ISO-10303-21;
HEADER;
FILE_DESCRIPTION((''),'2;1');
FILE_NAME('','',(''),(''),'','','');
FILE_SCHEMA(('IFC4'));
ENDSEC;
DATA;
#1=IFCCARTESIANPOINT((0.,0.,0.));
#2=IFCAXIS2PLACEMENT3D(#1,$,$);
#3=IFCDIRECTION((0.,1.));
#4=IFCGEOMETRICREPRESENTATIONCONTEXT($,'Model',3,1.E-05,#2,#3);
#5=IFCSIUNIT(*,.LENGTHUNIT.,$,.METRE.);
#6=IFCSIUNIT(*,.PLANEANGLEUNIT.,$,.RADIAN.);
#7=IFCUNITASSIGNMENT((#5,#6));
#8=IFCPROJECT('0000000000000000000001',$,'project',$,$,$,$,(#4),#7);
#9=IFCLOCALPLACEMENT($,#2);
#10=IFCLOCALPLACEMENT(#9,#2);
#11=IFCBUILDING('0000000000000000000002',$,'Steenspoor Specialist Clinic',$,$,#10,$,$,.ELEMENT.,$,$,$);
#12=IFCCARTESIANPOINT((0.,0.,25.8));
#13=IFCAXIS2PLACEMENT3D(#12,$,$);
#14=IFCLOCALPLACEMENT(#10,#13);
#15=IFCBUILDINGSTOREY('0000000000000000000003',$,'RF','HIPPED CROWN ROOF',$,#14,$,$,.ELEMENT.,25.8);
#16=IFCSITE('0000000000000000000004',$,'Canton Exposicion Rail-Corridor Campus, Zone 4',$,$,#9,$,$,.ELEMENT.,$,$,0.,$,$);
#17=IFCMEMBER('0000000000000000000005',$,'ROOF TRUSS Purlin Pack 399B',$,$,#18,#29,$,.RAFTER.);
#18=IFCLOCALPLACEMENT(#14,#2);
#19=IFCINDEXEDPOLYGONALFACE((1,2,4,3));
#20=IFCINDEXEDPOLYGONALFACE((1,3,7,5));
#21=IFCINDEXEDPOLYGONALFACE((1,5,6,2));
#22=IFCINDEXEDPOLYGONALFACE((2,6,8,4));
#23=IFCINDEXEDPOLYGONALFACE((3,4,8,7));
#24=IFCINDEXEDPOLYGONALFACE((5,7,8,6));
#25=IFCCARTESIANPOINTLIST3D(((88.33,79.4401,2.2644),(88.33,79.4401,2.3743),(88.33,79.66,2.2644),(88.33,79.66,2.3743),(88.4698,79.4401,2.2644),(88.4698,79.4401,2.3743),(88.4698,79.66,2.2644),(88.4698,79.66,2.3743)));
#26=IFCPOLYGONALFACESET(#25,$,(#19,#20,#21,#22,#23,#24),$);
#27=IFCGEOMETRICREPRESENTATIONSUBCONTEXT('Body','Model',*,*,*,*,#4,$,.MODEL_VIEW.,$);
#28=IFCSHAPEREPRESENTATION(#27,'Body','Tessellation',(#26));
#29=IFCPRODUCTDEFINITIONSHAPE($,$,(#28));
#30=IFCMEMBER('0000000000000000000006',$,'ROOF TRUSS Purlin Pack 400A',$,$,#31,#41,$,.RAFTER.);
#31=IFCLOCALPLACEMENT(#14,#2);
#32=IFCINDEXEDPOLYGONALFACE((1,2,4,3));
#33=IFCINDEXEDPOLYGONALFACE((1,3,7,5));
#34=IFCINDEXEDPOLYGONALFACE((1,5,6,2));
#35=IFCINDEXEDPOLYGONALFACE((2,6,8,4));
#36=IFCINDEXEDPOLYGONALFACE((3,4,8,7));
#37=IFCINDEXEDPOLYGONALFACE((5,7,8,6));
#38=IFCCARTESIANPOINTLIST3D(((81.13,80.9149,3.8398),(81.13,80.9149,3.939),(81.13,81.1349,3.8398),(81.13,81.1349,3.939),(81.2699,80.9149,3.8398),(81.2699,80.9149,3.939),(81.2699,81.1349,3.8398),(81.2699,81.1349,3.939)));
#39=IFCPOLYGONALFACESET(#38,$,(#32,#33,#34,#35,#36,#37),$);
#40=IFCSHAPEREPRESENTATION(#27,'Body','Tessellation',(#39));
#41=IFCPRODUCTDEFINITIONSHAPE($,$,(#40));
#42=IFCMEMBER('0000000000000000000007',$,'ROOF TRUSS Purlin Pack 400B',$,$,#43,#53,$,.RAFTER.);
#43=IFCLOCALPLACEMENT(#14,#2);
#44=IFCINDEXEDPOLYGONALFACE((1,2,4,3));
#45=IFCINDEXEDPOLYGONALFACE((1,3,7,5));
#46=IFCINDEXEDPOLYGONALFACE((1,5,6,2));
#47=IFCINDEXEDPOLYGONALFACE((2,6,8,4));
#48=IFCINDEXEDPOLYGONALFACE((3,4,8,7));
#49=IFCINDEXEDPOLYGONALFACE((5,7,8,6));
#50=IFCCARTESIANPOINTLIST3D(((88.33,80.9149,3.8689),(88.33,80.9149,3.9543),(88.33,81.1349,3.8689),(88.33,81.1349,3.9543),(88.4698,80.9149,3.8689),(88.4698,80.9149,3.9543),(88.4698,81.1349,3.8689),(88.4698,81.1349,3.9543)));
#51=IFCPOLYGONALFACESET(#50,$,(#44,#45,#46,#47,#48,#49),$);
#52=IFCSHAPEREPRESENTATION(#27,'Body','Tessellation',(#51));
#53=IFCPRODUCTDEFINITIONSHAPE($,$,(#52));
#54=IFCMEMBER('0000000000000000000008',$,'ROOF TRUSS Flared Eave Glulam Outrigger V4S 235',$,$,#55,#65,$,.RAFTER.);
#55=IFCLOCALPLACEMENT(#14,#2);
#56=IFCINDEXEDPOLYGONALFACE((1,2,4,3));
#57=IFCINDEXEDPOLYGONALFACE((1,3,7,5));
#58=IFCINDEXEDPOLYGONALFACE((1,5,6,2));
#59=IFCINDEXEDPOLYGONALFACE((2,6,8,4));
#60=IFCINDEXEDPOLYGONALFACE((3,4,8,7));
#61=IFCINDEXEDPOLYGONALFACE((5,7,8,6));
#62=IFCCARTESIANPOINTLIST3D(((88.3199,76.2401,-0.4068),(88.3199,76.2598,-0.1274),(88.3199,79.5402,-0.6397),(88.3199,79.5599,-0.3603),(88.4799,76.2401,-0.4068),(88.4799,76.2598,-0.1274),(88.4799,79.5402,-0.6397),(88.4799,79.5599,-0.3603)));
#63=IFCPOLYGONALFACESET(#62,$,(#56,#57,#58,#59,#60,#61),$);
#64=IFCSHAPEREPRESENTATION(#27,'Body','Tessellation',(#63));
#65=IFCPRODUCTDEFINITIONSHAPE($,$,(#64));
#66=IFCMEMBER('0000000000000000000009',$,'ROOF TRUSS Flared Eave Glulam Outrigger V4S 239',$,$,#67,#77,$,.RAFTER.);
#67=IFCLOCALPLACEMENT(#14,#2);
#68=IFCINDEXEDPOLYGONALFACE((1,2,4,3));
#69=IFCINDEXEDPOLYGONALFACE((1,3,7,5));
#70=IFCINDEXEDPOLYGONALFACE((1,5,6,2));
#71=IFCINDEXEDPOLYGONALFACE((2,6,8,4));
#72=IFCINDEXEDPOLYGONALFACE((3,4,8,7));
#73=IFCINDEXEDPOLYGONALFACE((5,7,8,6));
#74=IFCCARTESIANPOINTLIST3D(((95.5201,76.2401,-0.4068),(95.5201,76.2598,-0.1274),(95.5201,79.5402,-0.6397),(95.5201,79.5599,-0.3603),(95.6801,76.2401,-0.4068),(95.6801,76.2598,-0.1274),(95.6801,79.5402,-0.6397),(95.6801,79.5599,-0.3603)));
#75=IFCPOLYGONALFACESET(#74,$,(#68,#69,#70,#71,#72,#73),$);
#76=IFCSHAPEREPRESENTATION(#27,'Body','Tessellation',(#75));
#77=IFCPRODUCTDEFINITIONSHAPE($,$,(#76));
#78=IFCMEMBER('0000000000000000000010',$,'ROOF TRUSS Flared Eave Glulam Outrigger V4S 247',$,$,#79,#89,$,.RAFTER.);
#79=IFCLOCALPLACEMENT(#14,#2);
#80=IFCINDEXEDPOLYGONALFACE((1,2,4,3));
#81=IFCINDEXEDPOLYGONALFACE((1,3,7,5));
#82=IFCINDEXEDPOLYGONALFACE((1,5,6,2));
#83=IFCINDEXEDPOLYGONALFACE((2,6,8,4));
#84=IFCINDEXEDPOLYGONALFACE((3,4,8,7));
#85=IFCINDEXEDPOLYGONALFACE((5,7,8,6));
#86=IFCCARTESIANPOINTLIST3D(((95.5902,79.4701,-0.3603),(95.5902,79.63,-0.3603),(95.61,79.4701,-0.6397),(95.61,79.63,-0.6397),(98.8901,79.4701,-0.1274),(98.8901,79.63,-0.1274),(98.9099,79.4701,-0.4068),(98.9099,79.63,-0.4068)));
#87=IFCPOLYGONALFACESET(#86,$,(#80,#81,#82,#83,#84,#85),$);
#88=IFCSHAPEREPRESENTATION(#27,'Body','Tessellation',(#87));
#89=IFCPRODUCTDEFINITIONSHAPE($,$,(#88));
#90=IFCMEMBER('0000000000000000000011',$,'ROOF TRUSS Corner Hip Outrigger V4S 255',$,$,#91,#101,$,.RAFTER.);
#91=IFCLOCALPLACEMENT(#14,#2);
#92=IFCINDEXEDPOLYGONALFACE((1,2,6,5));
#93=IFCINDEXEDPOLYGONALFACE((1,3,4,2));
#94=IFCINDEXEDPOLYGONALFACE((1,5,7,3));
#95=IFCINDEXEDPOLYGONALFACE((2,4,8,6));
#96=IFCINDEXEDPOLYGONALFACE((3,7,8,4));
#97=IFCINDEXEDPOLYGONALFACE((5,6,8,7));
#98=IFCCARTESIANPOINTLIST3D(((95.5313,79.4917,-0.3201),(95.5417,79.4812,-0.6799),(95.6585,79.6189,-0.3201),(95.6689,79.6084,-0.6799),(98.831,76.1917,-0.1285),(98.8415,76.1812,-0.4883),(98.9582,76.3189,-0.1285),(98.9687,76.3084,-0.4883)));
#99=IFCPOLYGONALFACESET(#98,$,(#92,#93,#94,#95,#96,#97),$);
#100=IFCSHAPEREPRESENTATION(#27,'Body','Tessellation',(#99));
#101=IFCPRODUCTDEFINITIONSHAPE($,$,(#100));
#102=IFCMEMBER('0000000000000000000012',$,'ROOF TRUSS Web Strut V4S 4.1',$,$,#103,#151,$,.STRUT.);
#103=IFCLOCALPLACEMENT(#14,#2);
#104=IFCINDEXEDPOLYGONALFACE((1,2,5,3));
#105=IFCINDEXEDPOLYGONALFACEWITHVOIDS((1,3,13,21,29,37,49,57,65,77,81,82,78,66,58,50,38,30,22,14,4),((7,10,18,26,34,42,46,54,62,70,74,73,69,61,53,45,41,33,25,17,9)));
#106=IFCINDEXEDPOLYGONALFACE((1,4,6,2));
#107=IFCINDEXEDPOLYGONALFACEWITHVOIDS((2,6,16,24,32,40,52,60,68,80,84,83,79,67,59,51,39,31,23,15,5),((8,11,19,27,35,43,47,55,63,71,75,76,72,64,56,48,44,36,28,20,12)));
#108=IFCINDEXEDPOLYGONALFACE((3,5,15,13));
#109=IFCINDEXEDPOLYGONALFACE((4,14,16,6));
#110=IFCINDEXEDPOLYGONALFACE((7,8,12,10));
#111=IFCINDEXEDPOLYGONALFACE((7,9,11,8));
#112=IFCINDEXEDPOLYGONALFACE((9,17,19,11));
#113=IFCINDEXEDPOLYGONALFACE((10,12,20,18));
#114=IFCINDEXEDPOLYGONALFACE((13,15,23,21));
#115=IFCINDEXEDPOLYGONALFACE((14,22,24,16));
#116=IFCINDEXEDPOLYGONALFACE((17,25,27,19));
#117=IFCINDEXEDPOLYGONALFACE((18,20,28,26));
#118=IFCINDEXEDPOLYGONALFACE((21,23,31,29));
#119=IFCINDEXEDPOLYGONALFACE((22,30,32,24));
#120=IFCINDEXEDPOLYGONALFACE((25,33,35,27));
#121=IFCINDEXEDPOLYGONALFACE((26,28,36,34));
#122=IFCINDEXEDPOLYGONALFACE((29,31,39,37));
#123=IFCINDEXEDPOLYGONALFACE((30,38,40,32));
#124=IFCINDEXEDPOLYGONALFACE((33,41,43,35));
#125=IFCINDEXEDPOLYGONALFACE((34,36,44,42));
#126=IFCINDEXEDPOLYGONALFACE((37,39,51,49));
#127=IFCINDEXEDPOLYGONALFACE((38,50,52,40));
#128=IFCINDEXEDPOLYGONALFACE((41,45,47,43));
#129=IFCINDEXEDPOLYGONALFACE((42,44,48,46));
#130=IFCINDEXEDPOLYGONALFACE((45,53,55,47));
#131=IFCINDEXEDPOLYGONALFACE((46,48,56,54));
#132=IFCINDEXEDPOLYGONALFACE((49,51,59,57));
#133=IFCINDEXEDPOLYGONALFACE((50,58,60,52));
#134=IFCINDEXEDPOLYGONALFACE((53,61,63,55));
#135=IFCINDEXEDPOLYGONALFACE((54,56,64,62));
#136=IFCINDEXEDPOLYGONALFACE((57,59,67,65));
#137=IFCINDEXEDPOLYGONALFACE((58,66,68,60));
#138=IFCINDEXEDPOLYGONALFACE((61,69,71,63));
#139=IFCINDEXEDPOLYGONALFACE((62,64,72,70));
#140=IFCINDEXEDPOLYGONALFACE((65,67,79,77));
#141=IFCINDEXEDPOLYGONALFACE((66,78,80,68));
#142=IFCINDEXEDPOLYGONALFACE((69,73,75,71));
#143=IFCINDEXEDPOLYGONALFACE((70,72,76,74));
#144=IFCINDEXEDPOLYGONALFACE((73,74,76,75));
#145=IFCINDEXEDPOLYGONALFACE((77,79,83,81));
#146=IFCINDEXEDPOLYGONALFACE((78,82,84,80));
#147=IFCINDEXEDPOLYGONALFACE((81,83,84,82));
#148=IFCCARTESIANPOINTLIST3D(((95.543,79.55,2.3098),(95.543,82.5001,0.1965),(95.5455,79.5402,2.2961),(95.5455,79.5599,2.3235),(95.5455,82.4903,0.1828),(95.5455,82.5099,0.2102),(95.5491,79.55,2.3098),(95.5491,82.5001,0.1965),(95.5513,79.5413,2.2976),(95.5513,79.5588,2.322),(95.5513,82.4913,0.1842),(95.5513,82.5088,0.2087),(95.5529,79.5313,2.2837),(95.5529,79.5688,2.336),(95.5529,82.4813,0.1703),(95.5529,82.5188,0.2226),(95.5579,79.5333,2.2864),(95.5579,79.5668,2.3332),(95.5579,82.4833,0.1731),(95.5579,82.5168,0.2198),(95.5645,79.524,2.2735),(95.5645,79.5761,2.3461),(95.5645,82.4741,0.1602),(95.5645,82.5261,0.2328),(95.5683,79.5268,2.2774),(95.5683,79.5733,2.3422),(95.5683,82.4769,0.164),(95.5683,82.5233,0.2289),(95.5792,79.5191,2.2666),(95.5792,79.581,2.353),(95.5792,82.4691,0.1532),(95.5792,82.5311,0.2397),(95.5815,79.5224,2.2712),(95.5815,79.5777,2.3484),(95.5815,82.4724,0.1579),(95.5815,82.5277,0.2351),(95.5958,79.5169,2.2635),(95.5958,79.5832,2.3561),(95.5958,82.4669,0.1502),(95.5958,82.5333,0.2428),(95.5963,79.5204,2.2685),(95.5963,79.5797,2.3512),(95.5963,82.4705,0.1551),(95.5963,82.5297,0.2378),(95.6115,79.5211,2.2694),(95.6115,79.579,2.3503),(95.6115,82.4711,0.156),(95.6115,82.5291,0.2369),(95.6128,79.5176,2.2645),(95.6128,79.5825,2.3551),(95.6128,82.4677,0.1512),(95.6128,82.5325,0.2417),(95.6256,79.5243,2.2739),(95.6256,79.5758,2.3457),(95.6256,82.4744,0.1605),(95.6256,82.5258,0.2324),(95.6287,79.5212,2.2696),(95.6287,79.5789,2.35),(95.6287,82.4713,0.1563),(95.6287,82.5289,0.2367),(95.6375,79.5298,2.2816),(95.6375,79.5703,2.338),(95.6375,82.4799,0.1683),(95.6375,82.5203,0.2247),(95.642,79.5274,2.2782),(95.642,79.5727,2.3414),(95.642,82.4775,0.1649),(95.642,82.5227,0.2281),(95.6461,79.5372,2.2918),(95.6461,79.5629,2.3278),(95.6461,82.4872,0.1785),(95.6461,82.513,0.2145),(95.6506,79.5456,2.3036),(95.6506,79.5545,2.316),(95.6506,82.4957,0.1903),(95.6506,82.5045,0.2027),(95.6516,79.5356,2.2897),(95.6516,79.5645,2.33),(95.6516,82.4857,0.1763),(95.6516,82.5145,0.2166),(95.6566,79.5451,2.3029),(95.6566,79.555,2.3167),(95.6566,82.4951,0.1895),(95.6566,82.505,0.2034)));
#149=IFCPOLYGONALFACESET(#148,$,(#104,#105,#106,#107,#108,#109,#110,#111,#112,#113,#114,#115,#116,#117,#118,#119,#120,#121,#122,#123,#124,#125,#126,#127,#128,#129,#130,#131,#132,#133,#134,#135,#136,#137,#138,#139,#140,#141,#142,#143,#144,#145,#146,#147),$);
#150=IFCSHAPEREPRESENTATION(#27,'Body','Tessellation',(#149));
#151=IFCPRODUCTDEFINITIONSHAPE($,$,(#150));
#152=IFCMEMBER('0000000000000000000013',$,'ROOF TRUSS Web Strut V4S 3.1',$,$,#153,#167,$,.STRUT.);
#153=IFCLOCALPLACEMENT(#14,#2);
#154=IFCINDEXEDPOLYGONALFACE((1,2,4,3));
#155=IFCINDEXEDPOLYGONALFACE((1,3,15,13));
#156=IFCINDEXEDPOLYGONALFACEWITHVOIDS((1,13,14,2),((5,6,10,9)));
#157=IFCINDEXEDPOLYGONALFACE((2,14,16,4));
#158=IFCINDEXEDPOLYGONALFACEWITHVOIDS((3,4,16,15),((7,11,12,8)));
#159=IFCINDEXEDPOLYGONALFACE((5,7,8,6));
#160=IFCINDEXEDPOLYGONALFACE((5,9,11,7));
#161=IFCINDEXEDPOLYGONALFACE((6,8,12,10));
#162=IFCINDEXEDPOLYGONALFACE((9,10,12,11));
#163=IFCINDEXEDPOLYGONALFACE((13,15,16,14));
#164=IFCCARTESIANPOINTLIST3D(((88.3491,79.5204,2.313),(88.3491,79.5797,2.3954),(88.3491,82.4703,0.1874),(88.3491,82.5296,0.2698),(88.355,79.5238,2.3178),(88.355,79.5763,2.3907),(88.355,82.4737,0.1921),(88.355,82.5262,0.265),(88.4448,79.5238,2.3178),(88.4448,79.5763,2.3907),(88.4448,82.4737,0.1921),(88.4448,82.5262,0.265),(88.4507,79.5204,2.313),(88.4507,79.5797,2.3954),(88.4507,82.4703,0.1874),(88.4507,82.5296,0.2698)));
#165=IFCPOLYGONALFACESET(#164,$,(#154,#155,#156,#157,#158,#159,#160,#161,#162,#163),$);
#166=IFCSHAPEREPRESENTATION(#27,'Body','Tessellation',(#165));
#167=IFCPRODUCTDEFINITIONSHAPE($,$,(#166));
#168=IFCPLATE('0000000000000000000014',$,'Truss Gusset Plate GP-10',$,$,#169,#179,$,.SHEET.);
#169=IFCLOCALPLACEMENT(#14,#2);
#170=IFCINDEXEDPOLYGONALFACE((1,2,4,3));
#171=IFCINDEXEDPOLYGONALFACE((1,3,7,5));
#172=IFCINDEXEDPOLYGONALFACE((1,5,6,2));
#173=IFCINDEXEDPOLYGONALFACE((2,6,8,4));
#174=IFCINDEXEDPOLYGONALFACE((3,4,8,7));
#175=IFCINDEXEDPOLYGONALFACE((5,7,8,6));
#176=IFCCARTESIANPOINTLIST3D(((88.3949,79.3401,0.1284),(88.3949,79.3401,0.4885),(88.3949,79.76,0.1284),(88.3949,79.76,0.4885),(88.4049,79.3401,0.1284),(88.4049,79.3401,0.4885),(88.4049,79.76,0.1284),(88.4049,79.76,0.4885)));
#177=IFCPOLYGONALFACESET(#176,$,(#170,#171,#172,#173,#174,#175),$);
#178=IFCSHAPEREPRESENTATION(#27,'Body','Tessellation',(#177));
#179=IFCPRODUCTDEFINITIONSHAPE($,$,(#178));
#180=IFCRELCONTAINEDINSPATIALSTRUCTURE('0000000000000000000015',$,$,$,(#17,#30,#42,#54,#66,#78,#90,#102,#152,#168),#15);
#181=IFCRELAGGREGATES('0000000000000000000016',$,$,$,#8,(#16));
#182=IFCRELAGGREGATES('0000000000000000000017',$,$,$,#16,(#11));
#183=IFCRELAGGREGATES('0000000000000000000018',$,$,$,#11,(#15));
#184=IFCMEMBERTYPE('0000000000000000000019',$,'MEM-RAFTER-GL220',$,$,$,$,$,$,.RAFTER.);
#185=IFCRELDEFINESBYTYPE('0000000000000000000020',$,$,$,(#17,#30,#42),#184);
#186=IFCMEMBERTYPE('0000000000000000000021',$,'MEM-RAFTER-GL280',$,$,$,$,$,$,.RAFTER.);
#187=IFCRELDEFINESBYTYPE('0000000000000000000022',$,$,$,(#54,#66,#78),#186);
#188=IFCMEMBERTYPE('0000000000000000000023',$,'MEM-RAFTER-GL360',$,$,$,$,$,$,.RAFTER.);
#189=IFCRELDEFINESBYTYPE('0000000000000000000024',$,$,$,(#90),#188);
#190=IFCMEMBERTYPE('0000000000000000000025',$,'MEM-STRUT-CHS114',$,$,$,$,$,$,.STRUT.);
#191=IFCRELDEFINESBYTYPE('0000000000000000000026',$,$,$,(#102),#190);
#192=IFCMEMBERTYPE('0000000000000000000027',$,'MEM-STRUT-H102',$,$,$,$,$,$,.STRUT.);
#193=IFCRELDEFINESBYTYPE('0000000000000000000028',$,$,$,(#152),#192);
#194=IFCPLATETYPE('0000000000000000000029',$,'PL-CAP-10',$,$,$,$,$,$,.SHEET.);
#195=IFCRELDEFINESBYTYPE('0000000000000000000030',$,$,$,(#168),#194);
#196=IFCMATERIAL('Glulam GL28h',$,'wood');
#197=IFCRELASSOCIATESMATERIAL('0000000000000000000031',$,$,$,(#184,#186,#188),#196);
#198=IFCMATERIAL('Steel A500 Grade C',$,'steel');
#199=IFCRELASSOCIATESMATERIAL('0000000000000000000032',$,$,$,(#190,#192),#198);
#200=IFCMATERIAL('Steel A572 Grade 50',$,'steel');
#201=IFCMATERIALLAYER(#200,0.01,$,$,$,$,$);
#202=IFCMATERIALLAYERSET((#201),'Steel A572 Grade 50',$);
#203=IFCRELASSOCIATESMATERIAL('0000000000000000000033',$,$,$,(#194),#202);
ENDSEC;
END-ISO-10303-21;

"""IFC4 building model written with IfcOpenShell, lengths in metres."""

from ifc_helpers import new_model, si_unit, direction, frame, origin, origin_2d, place, context, subcontext, project, spatial, rectangle, hollow_rectangle, hollow_circle, extrude, material, layer, layer_set, material_profile, profile_set, type_object, element, save


model = new_model("IFC4")

# Units and contexts
model_context = context("Model", 3, precision=1e-05, world=origin(), true_north=direction((0.0, 1.0)))
body_context = subcontext(model_context, "Body", "Model", "MODEL_VIEW")
ifc_project = project(units=[si_unit("LENGTHUNIT", "METRE"), si_unit("PLANEANGLEUNIT", "RADIAN")], contexts=[model_context])

# Site, building, storey
site_placement = place(None, origin())
site = spatial("IfcSite", under=ifc_project, at=site_placement, Name="Canton Exposicion Rail-Corridor Campus, Zone 4", CompositionType="ELEMENT", RefElevation=0.0)
building_placement = place(site_placement, origin())
building = spatial("IfcBuilding", under=site, at=building_placement, Name="Steenspoor Specialist Clinic", CompositionType="ELEMENT")
storey_placement = place(building_placement, frame((0.0, 0.0, 25.8)))
storey = spatial("IfcBuildingStorey", under=building, at=storey_placement, Name="RF", Description="HIPPED CROWN ROOF", CompositionType="ELEMENT", Elevation=25.8)

# Members
ifc_material_1 = material(Name="Steel A500 Grade C", Category="steel")
ifc_material_2 = material(Name="Glulam GL28h", Category="wood")
ifc_material_profile_1 = material_profile(ifc_material_2, rectangle(XDim=0.1399, YDim=0.22, at=origin_2d()), Name="GL28H-140X220")
ifc_profile_set_1 = profile_set([ifc_material_profile_1], Name="Glulam GL28h")
member_type_1 = type_object("IfcMemberType", Name="MEM-RAFTER-GL220", PredefinedType="RAFTER", material=ifc_profile_set_1)
member_1_placement = place(storey_placement, frame((88.3999, 79.55, 2.2644), z_axis=(0.0, 0.0, 1.0), x_axis=(1.0, 0.0, 0.0)))
element("IfcMember", 1, at=member_1_placement, inside=storey, type_object=member_type_1, Name="ROOF TRUSS Purlin Pack 399B", PredefinedType="RAFTER", context=body_context, shape_type="SweptSolid", body=[
    extrude(rectangle(XDim=0.1399, YDim=0.22, at=origin_2d()), origin(), (0.0, 0.0, 1.0), 0.1099),
])
member_2_placement = place(storey_placement, frame((81.2, 81.0249, 3.8398), z_axis=(0.0, 0.0, 1.0), x_axis=(1.0, 0.0, 0.0)))
element("IfcMember", 2, at=member_2_placement, inside=storey, type_object=member_type_1, Name="ROOF TRUSS Purlin Pack 400A", PredefinedType="RAFTER", context=body_context, shape_type="SweptSolid", body=[
    extrude(rectangle(XDim=0.1399, YDim=0.22, at=origin_2d()), origin(), (0.0, 0.0, 1.0), 0.0991),
])
member_3_placement = place(storey_placement, frame((88.3999, 81.0249, 3.8689), z_axis=(0.0, 0.0, 1.0), x_axis=(1.0, 0.0, 0.0)))
element("IfcMember", 3, at=member_3_placement, inside=storey, type_object=member_type_1, Name="ROOF TRUSS Purlin Pack 400B", PredefinedType="RAFTER", context=body_context, shape_type="SweptSolid", body=[
    extrude(rectangle(XDim=0.1399, YDim=0.22, at=origin_2d()), origin(), (0.0, 0.0, 1.0), 0.0854),
])
ifc_material_profile_2 = material_profile(ifc_material_2, rectangle(XDim=0.1599, YDim=0.28, at=origin_2d()), Name="GL28H-160X280")
ifc_profile_set_2 = profile_set([ifc_material_profile_2], Name="Glulam GL28h")
member_type_2 = type_object("IfcMemberType", Name="MEM-RAFTER-GL280", PredefinedType="RAFTER", material=ifc_profile_set_2)
for number, where, z_axis, x_axis, name in (
    (4, (88.3999, 79.55, -0.5), (0.0, -0.997519, 0.070403), (1.0, 0.0, 0.0), "ROOF TRUSS Flared Eave Glulam Outrigger V4S 235"),
    (5, (95.6001, 79.55, -0.5), (0.0, -0.997519, 0.070403), (1.0, 0.0, 0.0), "ROOF TRUSS Flared Eave Glulam Outrigger V4S 239"),
):
    element("IfcMember", number, at=place(storey_placement, frame(where, z_axis=z_axis, x_axis=x_axis)), inside=storey, type_object=member_type_2, Name=name, PredefinedType="RAFTER", context=body_context, shape_type="SweptSolid", body=[
        extrude(rectangle(XDim=0.1599, YDim=0.28, at=origin_2d()), origin(), (0.0, 0.0, 1.0), 3.3083),
    ])
member_4_placement = place(storey_placement, frame((95.6001, 79.55, -0.5), z_axis=(0.997518, 0.0, 0.070408), x_axis=(0.0, 1.0, 0.0)))
element("IfcMember", 6, at=member_4_placement, inside=storey, type_object=member_type_2, Name="ROOF TRUSS Flared Eave Glulam Outrigger V4S 247", PredefinedType="RAFTER", context=body_context, shape_type="SweptSolid", body=[
    extrude(rectangle(XDim=0.1599, YDim=0.28, at=origin_2d()), origin(), (0.0, 0.0, 1.0), 3.3081),
])
ifc_material_profile_3 = material_profile(ifc_material_2, rectangle(XDim=0.1799, YDim=0.3601, at=origin_2d()), Name="GL28H-180X360")
ifc_profile_set_3 = profile_set([ifc_material_profile_3], Name="Glulam GL28h")
member_type_3 = type_object("IfcMemberType", Name="MEM-RAFTER-GL360", PredefinedType="RAFTER", material=ifc_profile_set_3)
member_5_placement = place(storey_placement, frame((95.6001, 79.55, -0.5), z_axis=(0.706485, -0.706537, 0.041032), x_axis=(0.707133, 0.707081, 0.0)))
element("IfcMember", 7, at=member_5_placement, inside=storey, type_object=member_type_3, Name="ROOF TRUSS Corner Hip Outrigger V4S 255", PredefinedType="RAFTER", context=body_context, shape_type="SweptSolid", body=[
    extrude(rectangle(XDim=0.1799, YDim=0.3601, at=origin_2d()), origin(), (0.0, 0.0, 1.0), 4.6707),
])
ifc_material_profile_4 = material_profile(ifc_material_1, hollow_circle(Radius=0.0571, WallThickness=0.0061, at=origin_2d()), Name="CHS114X6.0")
ifc_profile_set_4 = profile_set([ifc_material_profile_4], Name="Steel A500 Grade C")
member_type_4 = type_object("IfcMemberType", Name="MEM-STRUT-CHS114", PredefinedType="STRUT", material=ifc_profile_set_4)
member_6_placement = place(storey_placement, frame((95.6001, 79.55, 2.3098), z_axis=(0.0, 0.812928, -0.582364), x_axis=(-1.0, 0.0, 0.0)))
element("IfcMember", 8, at=member_6_placement, inside=storey, type_object=member_type_4, Name="ROOF TRUSS Web Strut V4S 4.1", PredefinedType="STRUT", context=body_context, shape_type="SweptSolid", body=[
    extrude(hollow_circle(Radius=0.0571, WallThickness=0.0061, at=origin_2d()), origin(), (0.0, 0.0, 1.0), 3.6289),
])
ifc_material_profile_5 = material_profile(ifc_material_1, hollow_rectangle(XDim=0.1016, YDim=0.1016, WallThickness=0.0059, at=origin_2d()), Name="HSS102X102X6.4")
ifc_profile_set_5 = profile_set([ifc_material_profile_5], Name="Steel A500 Grade C")
member_type_5 = type_object("IfcMemberType", Name="MEM-STRUT-H102", PredefinedType="STRUT", material=ifc_profile_set_5)
member_7_placement = place(storey_placement, frame((88.3999, 79.55, 2.3542), z_axis=(0.0, 0.811304, -0.584625), x_axis=(-1.0, 0.0, 0.0)))
element("IfcMember", 9, at=member_7_placement, inside=storey, type_object=member_type_5, Name="ROOF TRUSS Web Strut V4S 3.1", PredefinedType="STRUT", context=body_context, shape_type="SweptSolid", body=[
    extrude(hollow_rectangle(XDim=0.1016, YDim=0.1016, WallThickness=0.0059, at=origin_2d()), origin(), (0.0, 0.0, 1.0), 3.636),
])

# Plate
ifc_material_3 = material(Name="Steel A572 Grade 50", Category="steel")
ifc_layer_1 = layer(ifc_material_3, 0.01)
ifc_layer_set_1 = layer_set([ifc_layer_1], Name="Steel A572 Grade 50")
plate_type = type_object("IfcPlateType", Name="PL-CAP-10", PredefinedType="SHEET", material=ifc_layer_set_1)
plate_placement = place(storey_placement, frame((88.3999, 79.55, 0.1284), z_axis=(0.0, 0.0, 1.0), x_axis=(1.0, 0.0, 0.0)))
element("IfcPlate", 10, at=plate_placement, inside=storey, type_object=plate_type, Name="Truss Gusset Plate GP-10", PredefinedType="SHEET", context=body_context, shape_type="SweptSolid", body=[
    extrude(rectangle(XDim=0.01, YDim=0.4199, at=origin_2d()), origin(), (0.0, 0.0, 1.0), 0.3601),
])

save(model, "model.ifc")
